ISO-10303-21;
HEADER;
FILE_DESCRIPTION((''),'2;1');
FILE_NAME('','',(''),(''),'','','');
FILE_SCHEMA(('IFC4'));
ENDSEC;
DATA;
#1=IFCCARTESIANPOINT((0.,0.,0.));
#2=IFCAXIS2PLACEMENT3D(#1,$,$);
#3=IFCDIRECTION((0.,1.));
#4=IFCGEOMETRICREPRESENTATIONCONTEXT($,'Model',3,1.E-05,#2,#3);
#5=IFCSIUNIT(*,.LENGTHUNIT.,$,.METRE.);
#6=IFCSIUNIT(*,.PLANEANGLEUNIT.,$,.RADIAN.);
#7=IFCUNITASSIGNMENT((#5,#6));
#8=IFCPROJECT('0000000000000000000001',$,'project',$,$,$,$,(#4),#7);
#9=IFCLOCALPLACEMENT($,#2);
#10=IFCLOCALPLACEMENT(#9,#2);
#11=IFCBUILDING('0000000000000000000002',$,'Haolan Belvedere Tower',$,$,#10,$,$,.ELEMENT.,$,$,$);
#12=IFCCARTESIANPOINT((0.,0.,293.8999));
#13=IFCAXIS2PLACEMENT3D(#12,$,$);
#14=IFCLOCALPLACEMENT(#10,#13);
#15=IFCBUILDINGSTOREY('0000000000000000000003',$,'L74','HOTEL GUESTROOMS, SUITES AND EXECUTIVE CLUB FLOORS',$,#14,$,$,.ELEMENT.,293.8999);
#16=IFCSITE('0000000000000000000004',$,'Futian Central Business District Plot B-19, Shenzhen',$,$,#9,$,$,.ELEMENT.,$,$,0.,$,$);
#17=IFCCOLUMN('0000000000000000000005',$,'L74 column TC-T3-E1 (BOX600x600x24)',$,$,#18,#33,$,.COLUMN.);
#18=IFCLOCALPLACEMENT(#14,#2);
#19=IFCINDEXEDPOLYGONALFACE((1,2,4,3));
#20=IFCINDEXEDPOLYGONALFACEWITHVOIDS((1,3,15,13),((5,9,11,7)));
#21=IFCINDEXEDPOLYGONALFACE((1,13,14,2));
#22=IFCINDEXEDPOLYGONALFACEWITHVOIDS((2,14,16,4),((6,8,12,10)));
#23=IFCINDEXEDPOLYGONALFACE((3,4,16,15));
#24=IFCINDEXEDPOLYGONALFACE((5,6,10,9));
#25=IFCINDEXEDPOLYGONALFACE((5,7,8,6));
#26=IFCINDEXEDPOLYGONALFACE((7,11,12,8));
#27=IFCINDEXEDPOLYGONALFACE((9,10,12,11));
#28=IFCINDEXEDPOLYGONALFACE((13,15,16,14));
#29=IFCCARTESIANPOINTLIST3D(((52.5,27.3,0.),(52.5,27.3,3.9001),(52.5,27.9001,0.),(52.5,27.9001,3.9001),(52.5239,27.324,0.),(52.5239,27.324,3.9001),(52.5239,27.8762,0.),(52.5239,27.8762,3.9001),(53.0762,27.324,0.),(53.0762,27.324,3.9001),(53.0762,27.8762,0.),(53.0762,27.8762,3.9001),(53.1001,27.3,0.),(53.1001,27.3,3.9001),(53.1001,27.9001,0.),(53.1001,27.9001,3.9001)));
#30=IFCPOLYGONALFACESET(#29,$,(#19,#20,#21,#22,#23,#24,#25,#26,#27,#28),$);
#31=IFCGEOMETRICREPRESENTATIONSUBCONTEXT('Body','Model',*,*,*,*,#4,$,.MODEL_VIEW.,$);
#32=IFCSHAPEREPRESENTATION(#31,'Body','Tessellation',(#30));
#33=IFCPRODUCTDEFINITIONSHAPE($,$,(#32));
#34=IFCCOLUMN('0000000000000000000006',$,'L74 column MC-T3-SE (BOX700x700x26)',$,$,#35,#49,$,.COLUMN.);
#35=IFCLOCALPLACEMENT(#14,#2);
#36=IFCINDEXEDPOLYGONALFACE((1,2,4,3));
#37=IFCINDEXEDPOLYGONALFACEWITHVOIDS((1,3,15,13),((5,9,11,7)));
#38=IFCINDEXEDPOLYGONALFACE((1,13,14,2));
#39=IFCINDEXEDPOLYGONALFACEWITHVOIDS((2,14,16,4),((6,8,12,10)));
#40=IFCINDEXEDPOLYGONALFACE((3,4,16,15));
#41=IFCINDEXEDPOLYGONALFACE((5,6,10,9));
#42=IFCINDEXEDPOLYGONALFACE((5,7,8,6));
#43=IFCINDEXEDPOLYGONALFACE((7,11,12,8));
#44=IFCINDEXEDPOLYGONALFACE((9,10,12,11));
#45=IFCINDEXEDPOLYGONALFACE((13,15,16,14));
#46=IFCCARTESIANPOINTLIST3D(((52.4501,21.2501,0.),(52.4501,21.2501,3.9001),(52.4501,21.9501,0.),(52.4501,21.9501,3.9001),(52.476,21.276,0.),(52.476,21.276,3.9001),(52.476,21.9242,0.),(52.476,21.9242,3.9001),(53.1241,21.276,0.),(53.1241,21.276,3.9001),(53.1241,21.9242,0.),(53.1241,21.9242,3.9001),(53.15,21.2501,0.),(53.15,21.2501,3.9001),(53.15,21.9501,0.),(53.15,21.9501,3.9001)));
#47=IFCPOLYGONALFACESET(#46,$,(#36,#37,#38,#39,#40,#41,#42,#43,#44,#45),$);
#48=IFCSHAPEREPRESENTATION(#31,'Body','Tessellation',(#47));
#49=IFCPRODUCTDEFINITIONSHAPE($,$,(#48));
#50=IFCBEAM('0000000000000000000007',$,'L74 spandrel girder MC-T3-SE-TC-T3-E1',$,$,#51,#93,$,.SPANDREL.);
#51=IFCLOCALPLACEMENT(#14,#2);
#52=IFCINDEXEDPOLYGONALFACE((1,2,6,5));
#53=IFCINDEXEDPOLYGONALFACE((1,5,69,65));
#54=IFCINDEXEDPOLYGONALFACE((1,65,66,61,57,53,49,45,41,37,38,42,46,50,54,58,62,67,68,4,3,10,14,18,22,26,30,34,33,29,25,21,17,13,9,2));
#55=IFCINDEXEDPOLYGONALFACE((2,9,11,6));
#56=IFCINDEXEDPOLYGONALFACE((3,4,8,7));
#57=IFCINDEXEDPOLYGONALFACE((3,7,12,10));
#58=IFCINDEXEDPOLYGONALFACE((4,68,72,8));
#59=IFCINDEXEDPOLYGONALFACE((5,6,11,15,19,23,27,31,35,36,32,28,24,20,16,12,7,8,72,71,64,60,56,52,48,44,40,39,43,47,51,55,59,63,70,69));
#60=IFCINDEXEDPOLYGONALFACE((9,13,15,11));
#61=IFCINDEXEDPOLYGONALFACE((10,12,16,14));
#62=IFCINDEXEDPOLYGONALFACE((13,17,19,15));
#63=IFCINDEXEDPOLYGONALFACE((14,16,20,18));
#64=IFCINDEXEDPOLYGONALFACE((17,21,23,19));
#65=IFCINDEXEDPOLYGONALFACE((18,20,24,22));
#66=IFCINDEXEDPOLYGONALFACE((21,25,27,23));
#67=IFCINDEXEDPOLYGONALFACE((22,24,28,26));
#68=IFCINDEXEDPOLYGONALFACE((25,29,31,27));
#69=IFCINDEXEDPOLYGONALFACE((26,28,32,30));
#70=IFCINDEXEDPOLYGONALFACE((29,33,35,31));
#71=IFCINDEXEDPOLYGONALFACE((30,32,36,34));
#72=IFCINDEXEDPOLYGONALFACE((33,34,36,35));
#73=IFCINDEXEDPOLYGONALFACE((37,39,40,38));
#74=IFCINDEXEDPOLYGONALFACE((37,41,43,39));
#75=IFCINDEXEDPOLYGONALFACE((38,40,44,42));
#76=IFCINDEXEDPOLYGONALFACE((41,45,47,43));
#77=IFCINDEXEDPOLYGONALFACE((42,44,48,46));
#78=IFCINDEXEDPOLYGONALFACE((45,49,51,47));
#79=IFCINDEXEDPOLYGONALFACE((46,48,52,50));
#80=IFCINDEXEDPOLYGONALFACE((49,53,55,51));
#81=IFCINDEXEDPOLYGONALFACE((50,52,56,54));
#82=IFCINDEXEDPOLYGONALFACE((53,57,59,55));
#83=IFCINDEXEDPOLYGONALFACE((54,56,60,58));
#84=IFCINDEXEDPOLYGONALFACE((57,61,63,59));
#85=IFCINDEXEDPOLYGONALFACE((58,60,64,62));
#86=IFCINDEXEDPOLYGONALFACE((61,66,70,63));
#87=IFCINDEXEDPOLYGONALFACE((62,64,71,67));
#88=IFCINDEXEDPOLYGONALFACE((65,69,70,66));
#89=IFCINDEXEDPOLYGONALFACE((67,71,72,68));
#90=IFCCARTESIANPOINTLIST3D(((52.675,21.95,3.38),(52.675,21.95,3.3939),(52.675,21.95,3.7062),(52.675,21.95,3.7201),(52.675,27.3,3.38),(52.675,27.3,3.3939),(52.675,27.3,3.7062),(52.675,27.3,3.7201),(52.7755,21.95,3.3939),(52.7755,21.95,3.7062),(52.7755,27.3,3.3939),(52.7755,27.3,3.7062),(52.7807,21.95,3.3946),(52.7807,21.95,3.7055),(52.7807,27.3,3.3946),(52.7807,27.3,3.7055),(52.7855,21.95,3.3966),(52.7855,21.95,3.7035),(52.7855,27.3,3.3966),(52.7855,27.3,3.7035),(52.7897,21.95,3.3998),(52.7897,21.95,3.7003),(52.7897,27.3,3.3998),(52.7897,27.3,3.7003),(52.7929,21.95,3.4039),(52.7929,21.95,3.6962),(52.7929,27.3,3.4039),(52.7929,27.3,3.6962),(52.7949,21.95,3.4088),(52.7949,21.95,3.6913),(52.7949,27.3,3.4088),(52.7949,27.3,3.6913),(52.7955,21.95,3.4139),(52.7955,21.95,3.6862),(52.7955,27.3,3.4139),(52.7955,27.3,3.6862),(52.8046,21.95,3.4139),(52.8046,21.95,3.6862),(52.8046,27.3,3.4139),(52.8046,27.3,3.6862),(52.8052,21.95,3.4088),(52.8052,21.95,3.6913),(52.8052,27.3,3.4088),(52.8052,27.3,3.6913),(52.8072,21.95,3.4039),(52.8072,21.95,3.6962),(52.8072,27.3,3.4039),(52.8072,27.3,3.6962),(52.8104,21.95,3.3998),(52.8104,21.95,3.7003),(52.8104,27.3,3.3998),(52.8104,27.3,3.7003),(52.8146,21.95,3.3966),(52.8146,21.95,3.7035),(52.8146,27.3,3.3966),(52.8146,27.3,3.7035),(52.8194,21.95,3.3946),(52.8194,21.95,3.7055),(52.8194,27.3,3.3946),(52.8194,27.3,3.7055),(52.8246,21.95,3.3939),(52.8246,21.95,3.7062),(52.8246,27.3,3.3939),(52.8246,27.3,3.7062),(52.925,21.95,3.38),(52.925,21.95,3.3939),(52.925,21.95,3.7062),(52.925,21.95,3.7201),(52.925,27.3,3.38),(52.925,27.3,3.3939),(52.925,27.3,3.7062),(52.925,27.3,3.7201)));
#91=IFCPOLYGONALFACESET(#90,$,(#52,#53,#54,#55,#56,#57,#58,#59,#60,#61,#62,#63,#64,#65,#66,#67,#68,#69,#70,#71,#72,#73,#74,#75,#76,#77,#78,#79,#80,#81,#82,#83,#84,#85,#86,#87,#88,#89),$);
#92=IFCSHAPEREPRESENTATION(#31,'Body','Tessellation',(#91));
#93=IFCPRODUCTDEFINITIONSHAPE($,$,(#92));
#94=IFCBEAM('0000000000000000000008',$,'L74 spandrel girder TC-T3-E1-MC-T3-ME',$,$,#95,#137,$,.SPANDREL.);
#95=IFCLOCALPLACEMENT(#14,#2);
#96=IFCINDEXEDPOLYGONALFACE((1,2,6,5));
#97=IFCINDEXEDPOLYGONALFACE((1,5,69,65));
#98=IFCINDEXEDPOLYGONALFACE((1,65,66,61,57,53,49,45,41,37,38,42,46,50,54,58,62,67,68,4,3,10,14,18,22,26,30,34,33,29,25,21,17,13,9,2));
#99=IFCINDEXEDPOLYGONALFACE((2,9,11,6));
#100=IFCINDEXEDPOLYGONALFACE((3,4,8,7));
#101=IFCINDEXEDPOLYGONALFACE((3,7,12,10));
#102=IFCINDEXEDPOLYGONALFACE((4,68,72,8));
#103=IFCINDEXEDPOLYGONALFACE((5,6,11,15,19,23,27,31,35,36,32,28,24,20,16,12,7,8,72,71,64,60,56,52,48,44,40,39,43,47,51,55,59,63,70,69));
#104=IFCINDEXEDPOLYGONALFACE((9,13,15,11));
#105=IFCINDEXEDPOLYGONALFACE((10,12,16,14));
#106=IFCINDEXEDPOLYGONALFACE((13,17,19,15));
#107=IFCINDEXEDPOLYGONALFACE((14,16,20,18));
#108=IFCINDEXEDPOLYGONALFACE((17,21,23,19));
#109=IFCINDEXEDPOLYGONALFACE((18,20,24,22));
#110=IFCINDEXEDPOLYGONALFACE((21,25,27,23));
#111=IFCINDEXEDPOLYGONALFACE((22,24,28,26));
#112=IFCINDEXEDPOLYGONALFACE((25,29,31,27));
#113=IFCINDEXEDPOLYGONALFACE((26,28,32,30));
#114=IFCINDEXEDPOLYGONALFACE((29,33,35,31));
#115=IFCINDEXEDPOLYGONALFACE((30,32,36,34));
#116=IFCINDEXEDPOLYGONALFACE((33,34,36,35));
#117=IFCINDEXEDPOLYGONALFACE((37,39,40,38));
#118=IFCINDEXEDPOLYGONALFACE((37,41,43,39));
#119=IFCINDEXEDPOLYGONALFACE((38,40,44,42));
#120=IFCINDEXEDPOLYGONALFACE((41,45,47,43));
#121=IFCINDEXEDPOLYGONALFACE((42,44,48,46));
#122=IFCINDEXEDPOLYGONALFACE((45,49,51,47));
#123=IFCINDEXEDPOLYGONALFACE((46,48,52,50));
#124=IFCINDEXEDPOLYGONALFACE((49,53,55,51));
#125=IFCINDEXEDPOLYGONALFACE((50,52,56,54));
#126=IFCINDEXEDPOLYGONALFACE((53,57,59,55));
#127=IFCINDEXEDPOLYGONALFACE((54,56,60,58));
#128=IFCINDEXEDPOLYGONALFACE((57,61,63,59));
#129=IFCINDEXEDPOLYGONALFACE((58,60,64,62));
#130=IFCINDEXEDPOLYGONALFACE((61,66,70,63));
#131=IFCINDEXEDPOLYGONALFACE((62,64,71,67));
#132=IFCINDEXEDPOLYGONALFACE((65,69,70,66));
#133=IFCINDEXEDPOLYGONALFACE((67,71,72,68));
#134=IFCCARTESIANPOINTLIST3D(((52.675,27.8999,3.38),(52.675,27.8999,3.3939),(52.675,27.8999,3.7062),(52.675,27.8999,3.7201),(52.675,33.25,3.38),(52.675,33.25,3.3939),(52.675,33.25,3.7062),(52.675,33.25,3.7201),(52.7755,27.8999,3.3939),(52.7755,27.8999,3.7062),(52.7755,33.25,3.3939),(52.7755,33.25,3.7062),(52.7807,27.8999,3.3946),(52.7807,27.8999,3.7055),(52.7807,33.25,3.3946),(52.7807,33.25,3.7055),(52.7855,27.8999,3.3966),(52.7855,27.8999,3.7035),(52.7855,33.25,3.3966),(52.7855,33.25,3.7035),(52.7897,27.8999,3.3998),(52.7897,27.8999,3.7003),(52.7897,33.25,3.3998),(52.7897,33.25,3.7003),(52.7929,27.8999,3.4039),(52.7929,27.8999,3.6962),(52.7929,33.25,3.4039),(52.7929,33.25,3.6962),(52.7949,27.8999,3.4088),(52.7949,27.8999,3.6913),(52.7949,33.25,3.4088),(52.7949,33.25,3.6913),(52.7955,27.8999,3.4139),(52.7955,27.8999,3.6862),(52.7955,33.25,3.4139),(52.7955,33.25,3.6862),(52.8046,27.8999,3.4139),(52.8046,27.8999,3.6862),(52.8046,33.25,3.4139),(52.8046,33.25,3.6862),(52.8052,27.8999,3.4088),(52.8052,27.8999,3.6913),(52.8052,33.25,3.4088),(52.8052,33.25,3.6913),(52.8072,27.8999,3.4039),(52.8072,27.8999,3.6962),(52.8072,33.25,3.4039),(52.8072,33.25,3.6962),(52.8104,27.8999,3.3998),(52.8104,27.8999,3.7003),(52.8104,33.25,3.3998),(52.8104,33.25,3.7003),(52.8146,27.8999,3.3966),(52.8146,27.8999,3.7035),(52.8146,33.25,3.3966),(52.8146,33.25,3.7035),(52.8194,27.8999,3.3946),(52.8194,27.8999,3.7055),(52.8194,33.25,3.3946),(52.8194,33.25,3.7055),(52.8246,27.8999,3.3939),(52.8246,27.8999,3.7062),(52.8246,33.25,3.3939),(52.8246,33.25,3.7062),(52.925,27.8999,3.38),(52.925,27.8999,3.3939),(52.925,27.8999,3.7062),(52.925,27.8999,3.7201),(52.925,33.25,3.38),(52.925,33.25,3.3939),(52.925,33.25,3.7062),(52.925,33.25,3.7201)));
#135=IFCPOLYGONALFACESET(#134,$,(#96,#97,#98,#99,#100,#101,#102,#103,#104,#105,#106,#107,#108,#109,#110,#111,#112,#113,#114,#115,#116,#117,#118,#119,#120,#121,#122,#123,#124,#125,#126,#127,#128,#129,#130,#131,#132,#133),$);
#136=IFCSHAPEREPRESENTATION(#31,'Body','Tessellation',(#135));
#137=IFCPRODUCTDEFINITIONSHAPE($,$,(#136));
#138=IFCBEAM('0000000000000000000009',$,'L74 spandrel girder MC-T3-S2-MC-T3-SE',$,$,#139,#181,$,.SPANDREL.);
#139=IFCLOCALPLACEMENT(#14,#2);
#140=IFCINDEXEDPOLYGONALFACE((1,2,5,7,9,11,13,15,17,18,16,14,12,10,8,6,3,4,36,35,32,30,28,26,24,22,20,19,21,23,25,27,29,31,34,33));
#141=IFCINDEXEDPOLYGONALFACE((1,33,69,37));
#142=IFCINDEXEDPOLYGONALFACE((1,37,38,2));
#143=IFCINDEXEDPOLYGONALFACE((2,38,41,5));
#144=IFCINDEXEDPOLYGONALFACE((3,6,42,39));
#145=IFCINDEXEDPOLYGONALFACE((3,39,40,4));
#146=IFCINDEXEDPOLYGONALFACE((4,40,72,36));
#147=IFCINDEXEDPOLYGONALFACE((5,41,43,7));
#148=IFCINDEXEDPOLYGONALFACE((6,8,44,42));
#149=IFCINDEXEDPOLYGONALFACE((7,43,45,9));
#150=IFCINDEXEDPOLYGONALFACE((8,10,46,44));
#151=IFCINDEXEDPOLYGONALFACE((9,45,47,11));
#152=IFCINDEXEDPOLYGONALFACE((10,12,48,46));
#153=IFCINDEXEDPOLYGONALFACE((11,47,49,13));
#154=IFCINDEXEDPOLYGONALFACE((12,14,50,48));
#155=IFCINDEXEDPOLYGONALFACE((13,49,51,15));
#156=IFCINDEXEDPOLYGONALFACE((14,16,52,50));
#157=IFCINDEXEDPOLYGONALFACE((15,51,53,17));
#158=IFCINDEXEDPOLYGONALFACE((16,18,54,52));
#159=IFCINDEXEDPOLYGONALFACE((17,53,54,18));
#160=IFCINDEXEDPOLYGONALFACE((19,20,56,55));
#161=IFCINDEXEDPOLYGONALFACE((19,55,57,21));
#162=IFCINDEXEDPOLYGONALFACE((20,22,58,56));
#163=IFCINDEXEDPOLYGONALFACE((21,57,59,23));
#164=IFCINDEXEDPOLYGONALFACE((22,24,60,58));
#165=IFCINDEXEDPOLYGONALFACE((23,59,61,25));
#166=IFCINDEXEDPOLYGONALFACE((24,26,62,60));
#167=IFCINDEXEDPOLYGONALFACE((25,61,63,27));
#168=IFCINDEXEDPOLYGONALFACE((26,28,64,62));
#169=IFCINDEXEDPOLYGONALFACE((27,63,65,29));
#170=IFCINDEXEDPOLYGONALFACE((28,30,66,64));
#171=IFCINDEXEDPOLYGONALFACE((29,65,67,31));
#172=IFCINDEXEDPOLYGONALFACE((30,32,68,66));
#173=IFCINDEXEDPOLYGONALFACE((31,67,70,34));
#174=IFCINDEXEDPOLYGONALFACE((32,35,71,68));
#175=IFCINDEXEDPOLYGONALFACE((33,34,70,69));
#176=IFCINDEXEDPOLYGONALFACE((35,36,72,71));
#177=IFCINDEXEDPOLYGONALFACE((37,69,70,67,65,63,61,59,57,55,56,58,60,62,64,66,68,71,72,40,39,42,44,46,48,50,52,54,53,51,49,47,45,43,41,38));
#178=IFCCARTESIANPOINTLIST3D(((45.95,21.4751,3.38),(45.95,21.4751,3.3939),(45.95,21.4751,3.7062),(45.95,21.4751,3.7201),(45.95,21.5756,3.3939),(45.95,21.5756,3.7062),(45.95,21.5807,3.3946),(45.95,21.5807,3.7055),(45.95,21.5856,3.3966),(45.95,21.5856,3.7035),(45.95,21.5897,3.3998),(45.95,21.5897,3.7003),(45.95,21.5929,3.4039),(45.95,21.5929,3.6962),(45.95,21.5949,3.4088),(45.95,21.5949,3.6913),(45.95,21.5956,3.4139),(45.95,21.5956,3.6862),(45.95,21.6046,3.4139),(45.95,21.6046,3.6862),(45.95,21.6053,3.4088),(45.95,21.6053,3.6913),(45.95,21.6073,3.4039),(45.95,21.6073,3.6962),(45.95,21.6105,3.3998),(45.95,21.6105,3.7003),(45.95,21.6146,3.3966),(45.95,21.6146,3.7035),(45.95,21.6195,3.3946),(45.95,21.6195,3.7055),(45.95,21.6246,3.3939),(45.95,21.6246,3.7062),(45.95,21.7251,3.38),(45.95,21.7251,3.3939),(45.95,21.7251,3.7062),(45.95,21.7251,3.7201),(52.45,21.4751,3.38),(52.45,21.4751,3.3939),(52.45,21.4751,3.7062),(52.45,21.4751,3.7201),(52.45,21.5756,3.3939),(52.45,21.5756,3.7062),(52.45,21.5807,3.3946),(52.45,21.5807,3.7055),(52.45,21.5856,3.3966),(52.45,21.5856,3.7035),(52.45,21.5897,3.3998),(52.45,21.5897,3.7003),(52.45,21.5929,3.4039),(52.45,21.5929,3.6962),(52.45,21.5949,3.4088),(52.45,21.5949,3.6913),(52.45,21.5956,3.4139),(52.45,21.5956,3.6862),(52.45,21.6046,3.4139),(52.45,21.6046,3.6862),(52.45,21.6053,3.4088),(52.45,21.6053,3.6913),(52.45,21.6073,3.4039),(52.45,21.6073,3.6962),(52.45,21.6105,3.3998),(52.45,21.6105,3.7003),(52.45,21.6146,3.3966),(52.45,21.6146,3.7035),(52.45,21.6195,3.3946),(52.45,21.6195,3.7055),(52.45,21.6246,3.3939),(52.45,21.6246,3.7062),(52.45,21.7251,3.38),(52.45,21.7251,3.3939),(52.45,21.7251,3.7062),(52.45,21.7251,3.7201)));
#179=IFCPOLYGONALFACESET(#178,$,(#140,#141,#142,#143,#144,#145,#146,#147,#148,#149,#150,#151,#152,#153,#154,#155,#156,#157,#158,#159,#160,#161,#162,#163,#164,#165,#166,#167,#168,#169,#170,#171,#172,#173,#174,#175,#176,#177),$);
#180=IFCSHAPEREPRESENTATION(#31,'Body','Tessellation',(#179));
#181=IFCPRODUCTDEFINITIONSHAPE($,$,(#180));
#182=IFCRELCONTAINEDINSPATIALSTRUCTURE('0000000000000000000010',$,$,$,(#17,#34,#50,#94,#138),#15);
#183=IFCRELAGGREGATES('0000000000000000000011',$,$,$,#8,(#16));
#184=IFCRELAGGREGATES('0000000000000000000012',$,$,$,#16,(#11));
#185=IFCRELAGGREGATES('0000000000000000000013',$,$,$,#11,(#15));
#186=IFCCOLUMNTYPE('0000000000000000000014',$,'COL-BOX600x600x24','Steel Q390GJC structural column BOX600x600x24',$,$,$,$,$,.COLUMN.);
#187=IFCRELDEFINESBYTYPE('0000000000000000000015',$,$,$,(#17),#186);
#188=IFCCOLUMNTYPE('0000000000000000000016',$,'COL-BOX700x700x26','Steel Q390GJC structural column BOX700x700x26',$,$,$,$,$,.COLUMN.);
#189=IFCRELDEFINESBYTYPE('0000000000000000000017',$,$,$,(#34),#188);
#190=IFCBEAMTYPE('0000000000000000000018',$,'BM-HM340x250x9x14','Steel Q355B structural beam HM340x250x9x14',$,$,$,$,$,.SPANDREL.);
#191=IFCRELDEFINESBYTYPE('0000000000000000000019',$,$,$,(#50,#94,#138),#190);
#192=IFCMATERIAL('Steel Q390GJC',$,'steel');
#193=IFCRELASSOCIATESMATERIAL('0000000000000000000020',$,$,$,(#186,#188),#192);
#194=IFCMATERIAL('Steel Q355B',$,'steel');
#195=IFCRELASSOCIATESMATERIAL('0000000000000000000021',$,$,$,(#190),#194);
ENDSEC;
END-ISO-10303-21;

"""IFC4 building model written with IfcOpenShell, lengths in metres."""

from ifc_helpers import new_model, si_unit, direction, frame, origin, origin_2d, place, context, subcontext, project, spatial, hollow_rectangle, i_section, extrude, material, material_profile, profile_set, type_object, element, save


model = new_model("IFC4")

# Units and contexts
model_context = context("Model", 3, precision=1e-05, world=origin(), true_north=direction((0.0, 1.0)))
body_context = subcontext(model_context, "Body", "Model", "MODEL_VIEW")
ifc_project = project(units=[si_unit("LENGTHUNIT", "METRE"), si_unit("PLANEANGLEUNIT", "RADIAN")], contexts=[model_context])

# Site, building, storey
site_placement = place(None, origin())
site = spatial("IfcSite", under=ifc_project, at=site_placement, Name="Futian Central Business District Plot B-19, Shenzhen", CompositionType="ELEMENT", RefElevation=0.0)
building_placement = place(site_placement, origin())
building = spatial("IfcBuilding", under=site, at=building_placement, Name="Haolan Belvedere Tower", CompositionType="ELEMENT")
storey_placement = place(building_placement, frame((0.0, 0.0, 293.8999)))
storey = spatial("IfcBuildingStorey", under=building, at=storey_placement, Name="L74", Description="HOTEL GUESTROOMS, SUITES AND EXECUTIVE CLUB FLOORS", CompositionType="ELEMENT", Elevation=293.8999)

# Columns
ifc_material_1 = material(Name="Steel Q390GJC", Category="steel")
ifc_material_profile_1 = material_profile(ifc_material_1, hollow_rectangle(XDim=0.6001, YDim=0.6001, WallThickness=0.0239, at=origin_2d()), Name="Steel Q390GJC")
ifc_profile_set_1 = profile_set([ifc_material_profile_1], Name="Steel Q390GJC")
column_type_1 = type_object("IfcColumnType", Name="COL-BOX600x600x24", Description="Steel Q390GJC structural column BOX600x600x24", PredefinedType="COLUMN", material=ifc_profile_set_1)
column_1_placement = place(storey_placement, frame((52.8, 27.6001, 0.0), z_axis=(0.0, 0.0, 1.0), x_axis=(1.0, 0.0, 0.0)))
element("IfcColumn", 1, at=column_1_placement, inside=storey, type_object=column_type_1, Name="L74 column TC-T3-E1 (BOX600x600x24)", PredefinedType="COLUMN", context=body_context, shape_type="SweptSolid", body=[
    extrude(hollow_rectangle(XDim=0.6001, YDim=0.6001, WallThickness=0.0239, at=origin_2d()), origin(), (0.0, 0.0, 1.0), 3.9001),
])
ifc_material_profile_2 = material_profile(ifc_material_1, hollow_rectangle(XDim=0.7, YDim=0.7, WallThickness=0.0259, at=origin_2d()), Name="Steel Q390GJC")
ifc_profile_set_2 = profile_set([ifc_material_profile_2], Name="Steel Q390GJC")
column_type_2 = type_object("IfcColumnType", Name="COL-BOX700x700x26", Description="Steel Q390GJC structural column BOX700x700x26", PredefinedType="COLUMN", material=ifc_profile_set_2)
column_2_placement = place(storey_placement, frame((52.8, 21.6001, 0.0), z_axis=(0.0, 0.0, 1.0), x_axis=(1.0, 0.0, 0.0)))
element("IfcColumn", 2, at=column_2_placement, inside=storey, type_object=column_type_2, Name="L74 column MC-T3-SE (BOX700x700x26)", PredefinedType="COLUMN", context=body_context, shape_type="SweptSolid", body=[
    extrude(hollow_rectangle(XDim=0.7, YDim=0.7, WallThickness=0.0259, at=origin_2d()), origin(), (0.0, 0.0, 1.0), 3.9001),
])

# Beams
ifc_material_2 = material(Name="Steel Q355B", Category="steel")
ifc_material_profile_3 = material_profile(ifc_material_2, i_section(OverallWidth=0.25, OverallDepth=0.3401, WebThickness=0.009, FlangeThickness=0.0139, FilletRadius=0.02, at=origin_2d()), Name="Steel Q355B")
ifc_profile_set_3 = profile_set([ifc_material_profile_3], Name="Steel Q355B")
beam_type_1 = type_object("IfcBeamType", Name="BM-HM340x250x9x14", Description="Steel Q355B structural beam HM340x250x9x14", PredefinedType="SPANDREL", material=ifc_profile_set_3)
for number, where, z_axis, x_axis, name in (
    (3, (52.8, 21.95, 3.55), (0.0, 1.0, 0.0), (-1.0, 0.0, 0.0), "L74 spandrel girder MC-T3-SE-TC-T3-E1"),
    (4, (52.8, 27.8999, 3.55), (0.0, 1.0, 0.0), (-1.0, 0.0, 0.0), "L74 spandrel girder TC-T3-E1-MC-T3-ME"),
):
    element("IfcBeam", number, at=place(storey_placement, frame(where, z_axis=z_axis, x_axis=x_axis)), inside=storey, type_object=beam_type_1, Name=name, PredefinedType="SPANDREL", context=body_context, shape_type="SweptSolid", body=[
        extrude(i_section(OverallWidth=0.25, OverallDepth=0.3401, WebThickness=0.009, FlangeThickness=0.0139, FilletRadius=0.02, at=origin_2d()), origin(), (0.0, 0.0, 1.0), 5.3501),
    ])
beam_1_placement = place(storey_placement, frame((45.95, 21.6001, 3.55), z_axis=(1.0, 0.0, 0.0), x_axis=(0.0, 1.0, 0.0)))
element("IfcBeam", 5, at=beam_1_placement, inside=storey, type_object=beam_type_1, Name="L74 spandrel girder MC-T3-S2-MC-T3-SE", PredefinedType="SPANDREL", context=body_context, shape_type="SweptSolid", body=[
    extrude(i_section(OverallWidth=0.25, OverallDepth=0.3401, WebThickness=0.009, FlangeThickness=0.0139, FilletRadius=0.02, at=origin_2d()), origin(), (0.0, 0.0, 1.0), 6.5),
])

save(model, "model.ifc")
